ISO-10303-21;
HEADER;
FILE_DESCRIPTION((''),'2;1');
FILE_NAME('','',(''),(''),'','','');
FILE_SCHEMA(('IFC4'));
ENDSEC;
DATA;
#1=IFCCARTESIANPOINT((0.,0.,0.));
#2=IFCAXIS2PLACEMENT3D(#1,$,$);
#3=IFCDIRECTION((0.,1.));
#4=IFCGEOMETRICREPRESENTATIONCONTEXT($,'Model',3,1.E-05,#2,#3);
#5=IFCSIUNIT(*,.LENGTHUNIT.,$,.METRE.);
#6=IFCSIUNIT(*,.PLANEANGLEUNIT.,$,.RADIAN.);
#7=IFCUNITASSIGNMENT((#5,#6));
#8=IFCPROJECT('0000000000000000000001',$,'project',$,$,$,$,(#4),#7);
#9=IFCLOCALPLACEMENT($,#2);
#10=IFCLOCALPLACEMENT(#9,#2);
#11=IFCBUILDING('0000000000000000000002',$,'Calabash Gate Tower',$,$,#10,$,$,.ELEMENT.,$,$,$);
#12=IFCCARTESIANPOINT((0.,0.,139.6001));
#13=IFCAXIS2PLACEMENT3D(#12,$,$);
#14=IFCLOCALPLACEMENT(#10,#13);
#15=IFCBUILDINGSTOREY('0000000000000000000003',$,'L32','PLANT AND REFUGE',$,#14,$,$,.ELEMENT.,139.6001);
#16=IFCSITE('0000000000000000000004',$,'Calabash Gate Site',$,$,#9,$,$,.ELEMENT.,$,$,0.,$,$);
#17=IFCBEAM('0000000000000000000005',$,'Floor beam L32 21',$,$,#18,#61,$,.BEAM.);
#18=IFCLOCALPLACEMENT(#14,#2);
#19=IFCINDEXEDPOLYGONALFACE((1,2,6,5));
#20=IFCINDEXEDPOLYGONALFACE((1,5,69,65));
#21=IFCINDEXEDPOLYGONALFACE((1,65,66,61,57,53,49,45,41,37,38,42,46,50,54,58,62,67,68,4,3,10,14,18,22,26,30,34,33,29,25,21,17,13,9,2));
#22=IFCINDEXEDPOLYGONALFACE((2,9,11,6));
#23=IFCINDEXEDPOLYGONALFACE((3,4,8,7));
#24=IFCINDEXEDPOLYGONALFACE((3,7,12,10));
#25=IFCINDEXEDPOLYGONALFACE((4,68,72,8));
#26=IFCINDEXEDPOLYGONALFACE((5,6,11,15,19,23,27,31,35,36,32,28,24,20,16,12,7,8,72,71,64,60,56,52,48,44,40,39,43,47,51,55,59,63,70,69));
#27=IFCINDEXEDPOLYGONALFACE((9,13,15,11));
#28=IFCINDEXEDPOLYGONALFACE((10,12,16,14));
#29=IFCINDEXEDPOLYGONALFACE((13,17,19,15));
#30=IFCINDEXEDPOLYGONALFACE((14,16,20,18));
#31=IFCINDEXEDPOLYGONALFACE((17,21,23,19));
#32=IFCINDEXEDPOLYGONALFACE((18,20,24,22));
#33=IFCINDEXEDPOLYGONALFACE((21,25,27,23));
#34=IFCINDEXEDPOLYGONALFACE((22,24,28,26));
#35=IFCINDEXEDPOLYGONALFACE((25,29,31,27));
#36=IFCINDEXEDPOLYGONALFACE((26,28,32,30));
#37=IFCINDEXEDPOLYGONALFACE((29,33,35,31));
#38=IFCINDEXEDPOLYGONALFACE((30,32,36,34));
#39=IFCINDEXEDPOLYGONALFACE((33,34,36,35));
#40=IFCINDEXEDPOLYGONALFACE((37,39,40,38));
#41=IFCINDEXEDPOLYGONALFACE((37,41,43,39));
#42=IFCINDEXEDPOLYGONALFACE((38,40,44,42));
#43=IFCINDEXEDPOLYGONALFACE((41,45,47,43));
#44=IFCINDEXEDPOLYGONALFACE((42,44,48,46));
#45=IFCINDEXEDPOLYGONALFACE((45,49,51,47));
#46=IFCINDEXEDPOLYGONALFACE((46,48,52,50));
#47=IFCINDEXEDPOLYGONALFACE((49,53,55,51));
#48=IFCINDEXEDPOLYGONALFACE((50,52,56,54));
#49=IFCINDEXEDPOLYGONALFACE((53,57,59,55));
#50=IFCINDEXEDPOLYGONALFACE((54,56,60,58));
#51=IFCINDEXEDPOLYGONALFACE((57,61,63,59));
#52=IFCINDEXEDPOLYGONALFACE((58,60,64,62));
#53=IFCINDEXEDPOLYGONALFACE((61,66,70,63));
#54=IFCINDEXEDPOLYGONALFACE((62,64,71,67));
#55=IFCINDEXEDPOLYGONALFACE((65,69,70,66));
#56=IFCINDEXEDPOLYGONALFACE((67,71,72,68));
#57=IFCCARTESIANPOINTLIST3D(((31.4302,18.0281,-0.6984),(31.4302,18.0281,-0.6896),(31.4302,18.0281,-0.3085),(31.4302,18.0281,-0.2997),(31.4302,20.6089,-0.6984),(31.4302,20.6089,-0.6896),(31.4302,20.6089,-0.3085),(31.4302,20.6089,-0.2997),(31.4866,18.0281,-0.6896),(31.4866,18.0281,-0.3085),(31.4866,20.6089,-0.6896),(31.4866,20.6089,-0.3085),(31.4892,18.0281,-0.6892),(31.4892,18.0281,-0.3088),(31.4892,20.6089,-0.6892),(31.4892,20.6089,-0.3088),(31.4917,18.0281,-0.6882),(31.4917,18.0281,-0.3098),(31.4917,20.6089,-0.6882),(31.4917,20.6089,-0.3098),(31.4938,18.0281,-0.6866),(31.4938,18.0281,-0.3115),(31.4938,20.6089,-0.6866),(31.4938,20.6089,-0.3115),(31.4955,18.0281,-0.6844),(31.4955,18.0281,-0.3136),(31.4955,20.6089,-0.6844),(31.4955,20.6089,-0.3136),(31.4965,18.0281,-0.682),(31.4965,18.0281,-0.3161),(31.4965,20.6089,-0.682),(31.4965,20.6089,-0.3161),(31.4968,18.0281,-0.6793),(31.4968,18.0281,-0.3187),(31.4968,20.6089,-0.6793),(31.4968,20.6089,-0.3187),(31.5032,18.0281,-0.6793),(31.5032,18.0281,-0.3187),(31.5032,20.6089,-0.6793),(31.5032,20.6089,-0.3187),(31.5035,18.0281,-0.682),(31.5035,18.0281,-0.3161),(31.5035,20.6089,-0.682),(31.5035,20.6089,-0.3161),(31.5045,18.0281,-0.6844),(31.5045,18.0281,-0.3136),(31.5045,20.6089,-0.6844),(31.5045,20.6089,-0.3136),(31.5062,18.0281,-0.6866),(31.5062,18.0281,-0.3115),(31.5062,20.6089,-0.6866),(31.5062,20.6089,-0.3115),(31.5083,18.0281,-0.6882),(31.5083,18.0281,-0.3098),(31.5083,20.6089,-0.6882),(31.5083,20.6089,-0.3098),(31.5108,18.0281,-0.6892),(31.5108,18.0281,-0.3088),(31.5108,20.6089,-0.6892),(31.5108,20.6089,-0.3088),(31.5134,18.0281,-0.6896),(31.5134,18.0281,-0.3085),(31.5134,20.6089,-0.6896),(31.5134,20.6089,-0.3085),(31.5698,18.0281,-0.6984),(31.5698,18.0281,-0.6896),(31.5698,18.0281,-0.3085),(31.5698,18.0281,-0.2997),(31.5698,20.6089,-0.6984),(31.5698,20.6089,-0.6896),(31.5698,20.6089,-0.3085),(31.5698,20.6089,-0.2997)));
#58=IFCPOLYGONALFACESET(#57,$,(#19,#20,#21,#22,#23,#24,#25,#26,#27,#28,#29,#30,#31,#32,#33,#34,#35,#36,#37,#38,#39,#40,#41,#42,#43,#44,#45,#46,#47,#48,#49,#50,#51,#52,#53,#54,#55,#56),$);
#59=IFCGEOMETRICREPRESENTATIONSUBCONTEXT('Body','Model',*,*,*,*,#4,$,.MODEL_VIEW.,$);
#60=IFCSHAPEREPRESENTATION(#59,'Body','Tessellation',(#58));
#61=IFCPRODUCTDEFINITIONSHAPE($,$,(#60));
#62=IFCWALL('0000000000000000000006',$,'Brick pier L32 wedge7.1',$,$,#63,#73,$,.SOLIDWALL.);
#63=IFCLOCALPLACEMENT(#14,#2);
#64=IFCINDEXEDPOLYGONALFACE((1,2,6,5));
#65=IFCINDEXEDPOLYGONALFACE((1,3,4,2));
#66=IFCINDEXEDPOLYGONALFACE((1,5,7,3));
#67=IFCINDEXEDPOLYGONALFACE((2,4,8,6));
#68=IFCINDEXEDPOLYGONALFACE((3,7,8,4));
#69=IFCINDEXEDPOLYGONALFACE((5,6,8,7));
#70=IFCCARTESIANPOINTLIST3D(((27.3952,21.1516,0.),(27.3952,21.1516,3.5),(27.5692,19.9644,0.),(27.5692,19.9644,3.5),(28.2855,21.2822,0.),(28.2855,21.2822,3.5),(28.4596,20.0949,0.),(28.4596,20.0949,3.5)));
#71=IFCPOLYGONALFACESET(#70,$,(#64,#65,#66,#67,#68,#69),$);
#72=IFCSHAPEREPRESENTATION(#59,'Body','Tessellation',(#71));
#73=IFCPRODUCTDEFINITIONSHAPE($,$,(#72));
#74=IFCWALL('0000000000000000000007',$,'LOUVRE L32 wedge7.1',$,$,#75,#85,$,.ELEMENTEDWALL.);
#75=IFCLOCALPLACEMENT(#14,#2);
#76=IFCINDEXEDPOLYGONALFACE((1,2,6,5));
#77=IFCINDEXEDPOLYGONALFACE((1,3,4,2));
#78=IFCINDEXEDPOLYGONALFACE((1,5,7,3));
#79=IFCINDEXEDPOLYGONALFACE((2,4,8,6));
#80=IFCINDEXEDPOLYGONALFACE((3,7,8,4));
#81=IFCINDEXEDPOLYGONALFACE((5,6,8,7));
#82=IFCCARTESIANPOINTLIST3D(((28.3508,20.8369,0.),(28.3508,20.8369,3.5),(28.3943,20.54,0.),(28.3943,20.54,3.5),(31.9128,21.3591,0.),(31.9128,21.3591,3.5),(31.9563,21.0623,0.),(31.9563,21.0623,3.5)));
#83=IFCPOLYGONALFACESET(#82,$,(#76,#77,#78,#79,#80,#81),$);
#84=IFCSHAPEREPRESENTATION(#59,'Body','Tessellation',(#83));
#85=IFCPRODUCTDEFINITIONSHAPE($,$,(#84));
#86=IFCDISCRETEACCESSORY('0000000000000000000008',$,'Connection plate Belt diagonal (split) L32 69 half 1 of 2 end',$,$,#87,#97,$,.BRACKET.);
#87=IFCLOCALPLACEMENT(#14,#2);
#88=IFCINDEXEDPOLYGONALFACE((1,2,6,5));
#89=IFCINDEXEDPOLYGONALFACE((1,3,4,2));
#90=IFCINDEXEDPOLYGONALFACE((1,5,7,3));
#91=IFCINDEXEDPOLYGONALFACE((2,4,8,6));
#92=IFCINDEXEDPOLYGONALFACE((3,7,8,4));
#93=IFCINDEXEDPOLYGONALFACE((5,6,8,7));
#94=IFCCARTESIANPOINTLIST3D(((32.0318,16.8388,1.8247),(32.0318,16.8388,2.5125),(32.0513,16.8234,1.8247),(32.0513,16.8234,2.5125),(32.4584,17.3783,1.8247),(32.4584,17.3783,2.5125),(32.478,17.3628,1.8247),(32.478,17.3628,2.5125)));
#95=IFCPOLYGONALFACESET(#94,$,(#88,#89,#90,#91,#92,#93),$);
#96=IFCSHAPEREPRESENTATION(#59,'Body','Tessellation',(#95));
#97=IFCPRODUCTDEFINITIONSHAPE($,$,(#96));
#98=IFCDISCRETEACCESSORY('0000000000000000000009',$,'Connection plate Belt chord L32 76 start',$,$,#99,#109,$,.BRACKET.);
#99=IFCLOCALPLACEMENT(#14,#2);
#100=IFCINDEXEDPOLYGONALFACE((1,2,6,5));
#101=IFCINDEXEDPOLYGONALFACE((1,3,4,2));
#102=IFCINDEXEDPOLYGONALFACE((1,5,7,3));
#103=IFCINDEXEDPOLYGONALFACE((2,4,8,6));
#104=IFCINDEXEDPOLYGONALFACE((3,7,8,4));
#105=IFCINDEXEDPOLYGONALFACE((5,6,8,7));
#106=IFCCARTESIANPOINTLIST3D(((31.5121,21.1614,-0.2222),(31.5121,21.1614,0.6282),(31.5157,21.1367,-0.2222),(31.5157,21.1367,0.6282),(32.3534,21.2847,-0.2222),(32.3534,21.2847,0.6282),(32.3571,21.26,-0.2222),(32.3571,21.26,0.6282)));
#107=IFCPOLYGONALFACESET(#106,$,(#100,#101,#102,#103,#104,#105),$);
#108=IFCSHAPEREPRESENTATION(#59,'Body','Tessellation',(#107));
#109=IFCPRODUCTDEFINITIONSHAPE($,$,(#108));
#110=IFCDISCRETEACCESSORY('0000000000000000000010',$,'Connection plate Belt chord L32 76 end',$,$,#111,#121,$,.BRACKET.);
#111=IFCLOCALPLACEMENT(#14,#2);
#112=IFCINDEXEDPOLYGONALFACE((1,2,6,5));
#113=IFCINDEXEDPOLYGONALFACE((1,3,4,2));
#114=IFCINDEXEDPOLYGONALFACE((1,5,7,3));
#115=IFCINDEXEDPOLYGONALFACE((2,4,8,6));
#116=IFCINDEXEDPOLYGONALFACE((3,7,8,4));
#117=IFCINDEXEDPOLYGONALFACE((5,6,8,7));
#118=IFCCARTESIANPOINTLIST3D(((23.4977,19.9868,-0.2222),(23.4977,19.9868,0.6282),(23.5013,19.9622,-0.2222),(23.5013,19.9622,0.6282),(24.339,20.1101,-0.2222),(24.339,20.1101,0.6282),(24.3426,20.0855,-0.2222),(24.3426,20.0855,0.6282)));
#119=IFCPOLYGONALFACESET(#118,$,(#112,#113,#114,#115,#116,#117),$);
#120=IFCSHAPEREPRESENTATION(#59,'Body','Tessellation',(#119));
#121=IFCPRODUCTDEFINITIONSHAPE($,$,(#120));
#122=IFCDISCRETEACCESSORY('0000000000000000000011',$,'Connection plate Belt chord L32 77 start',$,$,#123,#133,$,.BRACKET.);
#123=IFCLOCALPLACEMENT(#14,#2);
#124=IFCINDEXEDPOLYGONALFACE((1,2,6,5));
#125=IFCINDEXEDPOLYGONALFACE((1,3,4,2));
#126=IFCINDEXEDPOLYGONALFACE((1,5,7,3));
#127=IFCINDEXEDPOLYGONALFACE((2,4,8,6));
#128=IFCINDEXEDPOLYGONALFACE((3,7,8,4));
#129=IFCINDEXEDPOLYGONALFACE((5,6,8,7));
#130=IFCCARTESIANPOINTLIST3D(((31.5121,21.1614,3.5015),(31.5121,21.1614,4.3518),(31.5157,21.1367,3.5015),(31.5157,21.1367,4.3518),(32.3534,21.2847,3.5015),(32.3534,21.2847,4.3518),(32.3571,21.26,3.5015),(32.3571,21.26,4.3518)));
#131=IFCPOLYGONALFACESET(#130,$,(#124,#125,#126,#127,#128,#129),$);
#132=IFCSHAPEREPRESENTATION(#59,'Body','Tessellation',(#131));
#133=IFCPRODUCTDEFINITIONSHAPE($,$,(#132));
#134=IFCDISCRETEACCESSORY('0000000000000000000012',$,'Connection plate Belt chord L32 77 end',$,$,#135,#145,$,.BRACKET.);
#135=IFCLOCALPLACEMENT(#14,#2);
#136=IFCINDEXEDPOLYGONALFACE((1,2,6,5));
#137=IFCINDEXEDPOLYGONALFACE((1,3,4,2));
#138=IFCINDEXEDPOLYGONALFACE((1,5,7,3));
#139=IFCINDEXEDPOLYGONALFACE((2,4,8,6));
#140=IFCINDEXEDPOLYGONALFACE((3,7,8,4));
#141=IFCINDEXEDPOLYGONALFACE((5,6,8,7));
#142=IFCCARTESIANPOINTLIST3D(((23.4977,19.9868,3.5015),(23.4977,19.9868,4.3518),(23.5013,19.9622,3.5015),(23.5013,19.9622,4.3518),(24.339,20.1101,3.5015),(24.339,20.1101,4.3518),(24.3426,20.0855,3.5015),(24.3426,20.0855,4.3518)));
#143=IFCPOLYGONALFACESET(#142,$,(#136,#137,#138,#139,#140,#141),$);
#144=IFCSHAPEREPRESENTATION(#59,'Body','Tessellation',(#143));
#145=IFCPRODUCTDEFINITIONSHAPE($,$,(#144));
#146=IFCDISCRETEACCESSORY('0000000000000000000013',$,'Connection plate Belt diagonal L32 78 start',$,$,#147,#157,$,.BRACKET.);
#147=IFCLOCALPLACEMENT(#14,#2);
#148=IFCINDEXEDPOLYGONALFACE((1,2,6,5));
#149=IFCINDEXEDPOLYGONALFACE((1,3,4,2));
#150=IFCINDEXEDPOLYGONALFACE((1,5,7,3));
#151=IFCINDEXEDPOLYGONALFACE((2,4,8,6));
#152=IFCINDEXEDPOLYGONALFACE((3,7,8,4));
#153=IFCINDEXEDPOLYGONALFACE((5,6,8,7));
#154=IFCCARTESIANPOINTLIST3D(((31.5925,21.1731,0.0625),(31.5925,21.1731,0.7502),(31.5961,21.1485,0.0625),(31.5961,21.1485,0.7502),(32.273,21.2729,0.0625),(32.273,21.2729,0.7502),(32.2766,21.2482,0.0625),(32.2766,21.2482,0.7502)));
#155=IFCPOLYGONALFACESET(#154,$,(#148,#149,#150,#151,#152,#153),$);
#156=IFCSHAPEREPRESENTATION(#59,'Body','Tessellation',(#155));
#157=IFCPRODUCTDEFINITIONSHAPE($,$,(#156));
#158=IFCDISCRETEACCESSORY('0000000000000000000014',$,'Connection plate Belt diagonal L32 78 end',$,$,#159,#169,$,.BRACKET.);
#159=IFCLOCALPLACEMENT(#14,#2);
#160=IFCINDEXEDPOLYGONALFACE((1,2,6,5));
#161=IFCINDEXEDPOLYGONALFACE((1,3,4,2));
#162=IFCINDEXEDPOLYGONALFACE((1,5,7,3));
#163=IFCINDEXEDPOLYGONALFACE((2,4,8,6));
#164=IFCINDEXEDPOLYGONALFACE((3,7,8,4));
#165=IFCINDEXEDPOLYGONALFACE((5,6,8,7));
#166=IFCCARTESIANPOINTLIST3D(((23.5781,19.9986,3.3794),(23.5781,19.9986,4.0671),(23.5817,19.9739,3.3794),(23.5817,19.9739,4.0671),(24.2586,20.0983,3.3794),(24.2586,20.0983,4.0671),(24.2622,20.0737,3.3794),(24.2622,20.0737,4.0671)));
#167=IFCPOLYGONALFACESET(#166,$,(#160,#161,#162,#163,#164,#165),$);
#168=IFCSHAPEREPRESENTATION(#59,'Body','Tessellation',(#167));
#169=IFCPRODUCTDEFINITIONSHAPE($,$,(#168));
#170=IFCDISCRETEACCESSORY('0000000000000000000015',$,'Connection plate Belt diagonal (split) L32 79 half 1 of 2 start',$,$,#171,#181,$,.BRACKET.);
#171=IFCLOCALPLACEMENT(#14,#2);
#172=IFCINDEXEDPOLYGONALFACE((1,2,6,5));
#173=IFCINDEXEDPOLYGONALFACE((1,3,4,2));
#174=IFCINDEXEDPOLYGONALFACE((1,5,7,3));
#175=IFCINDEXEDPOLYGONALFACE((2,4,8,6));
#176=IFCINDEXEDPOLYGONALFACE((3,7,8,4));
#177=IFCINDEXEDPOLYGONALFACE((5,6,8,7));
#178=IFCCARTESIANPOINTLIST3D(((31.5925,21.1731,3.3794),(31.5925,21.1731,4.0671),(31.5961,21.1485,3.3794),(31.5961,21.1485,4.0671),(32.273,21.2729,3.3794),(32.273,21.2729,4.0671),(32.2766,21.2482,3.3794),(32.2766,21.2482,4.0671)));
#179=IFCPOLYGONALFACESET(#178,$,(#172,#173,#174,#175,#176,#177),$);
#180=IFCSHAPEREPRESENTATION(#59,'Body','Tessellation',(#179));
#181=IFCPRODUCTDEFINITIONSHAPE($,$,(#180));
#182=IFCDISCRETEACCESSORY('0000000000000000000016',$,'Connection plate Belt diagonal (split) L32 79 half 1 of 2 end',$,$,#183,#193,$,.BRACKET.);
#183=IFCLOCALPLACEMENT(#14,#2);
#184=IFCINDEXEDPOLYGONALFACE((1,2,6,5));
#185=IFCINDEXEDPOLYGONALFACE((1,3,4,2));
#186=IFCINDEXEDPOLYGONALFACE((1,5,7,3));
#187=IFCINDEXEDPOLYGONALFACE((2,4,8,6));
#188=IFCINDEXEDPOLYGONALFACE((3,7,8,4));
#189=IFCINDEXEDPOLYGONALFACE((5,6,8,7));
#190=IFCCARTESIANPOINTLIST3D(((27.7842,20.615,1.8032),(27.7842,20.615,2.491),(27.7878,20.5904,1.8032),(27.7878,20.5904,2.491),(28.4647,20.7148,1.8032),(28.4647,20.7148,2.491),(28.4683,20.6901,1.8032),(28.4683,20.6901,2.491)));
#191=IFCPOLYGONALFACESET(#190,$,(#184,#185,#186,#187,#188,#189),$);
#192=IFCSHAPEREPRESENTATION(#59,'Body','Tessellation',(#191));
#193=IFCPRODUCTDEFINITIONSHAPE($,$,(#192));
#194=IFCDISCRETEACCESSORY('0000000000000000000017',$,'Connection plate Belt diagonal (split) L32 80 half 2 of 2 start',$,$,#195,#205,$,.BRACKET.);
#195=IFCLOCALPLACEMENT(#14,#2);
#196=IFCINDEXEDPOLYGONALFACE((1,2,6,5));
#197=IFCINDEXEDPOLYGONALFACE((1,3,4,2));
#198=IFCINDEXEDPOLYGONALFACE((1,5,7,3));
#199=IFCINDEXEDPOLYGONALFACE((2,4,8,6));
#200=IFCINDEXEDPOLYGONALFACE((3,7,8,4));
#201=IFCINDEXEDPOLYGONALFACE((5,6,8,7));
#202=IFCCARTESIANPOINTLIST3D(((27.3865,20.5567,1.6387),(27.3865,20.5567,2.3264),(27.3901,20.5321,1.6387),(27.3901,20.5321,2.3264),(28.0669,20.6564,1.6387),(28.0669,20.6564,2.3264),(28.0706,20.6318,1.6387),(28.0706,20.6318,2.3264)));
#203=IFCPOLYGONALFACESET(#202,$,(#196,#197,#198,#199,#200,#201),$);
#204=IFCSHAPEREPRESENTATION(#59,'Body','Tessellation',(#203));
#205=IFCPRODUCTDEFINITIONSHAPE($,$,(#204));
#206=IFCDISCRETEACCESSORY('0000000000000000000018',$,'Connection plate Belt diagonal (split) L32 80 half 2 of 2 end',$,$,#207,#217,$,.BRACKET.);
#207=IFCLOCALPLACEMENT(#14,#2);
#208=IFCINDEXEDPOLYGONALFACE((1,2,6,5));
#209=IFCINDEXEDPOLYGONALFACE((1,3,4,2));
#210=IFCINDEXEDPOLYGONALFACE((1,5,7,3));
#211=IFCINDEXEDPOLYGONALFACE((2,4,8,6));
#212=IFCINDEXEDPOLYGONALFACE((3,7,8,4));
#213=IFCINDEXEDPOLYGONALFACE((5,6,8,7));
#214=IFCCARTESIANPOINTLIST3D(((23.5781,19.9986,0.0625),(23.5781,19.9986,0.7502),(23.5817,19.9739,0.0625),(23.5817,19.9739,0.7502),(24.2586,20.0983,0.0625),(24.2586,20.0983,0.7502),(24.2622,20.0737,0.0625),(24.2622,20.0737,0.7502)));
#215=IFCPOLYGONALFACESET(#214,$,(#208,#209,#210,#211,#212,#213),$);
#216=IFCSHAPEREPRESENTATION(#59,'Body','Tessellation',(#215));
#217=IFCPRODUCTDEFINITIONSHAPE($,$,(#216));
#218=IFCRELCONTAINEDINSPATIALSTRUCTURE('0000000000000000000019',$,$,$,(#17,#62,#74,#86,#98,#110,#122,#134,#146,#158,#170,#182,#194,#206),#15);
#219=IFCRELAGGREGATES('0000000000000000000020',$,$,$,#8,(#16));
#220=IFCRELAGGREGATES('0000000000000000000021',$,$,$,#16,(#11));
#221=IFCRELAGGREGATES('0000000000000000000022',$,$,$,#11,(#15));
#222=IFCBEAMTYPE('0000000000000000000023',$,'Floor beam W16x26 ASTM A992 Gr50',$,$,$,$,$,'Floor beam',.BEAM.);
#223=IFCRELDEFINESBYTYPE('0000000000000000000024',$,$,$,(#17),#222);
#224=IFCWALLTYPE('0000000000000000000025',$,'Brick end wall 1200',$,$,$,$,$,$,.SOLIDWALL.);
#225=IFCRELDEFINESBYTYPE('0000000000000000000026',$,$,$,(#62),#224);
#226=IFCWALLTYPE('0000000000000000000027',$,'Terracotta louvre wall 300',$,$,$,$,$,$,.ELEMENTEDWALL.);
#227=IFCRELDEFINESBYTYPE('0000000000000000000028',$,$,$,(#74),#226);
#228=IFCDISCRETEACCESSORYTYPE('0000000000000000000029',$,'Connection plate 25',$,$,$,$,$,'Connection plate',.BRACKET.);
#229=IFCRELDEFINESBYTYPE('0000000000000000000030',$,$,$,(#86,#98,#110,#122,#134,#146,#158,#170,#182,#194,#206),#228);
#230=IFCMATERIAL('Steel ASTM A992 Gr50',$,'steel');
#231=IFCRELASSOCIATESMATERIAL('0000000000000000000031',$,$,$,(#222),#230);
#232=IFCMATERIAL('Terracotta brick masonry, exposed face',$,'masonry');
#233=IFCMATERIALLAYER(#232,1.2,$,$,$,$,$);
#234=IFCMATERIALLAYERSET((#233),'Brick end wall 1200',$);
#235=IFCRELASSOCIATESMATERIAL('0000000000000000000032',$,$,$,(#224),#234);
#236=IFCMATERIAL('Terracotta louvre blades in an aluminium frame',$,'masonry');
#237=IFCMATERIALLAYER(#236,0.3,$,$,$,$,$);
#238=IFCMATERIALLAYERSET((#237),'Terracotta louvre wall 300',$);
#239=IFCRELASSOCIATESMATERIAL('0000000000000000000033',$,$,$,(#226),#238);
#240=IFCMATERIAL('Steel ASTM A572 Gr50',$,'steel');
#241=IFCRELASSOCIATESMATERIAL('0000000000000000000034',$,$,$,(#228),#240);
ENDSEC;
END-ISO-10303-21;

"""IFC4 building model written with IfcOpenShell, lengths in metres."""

from ifc_helpers import new_model, si_unit, direction, frame, frame_2d, origin, origin_2d, place, context, subcontext, project, spatial, rectangle, i_section, extrude, material, layer, layer_set, material_profile, profile_set, type_object, element, save


model = new_model("IFC4")

# Units and contexts
model_context = context("Model", 3, precision=1e-05, world=origin(), true_north=direction((0.0, 1.0)))
body_context = subcontext(model_context, "Body", "Model", "MODEL_VIEW")
ifc_project = project(units=[si_unit("LENGTHUNIT", "METRE"), si_unit("PLANEANGLEUNIT", "RADIAN")], contexts=[model_context])

# Site, building, storey
site_placement = place(None, origin())
site = spatial("IfcSite", under=ifc_project, at=site_placement, Name="Calabash Gate Site", CompositionType="ELEMENT", RefElevation=0.0)
building_placement = place(site_placement, origin())
building = spatial("IfcBuilding", under=site, at=building_placement, Name="Calabash Gate Tower", CompositionType="ELEMENT")
storey_placement = place(building_placement, frame((0.0, 0.0, 139.6001)))
storey = spatial("IfcBuildingStorey", under=building, at=storey_placement, Name="L32", Description="PLANT AND REFUGE", CompositionType="ELEMENT", Elevation=139.6001)

# Beam
ifc_material_1 = material(Name="Steel ASTM A992 Gr50", Category="steel")
ifc_material_profile_1 = material_profile(ifc_material_1, i_section(OverallWidth=0.1396, OverallDepth=0.3987, WebThickness=0.0063, FlangeThickness=0.0088, FilletRadius=0.0103, at=origin_2d()))
ifc_profile_set_1 = profile_set([ifc_material_profile_1], Name="Steel ASTM A992 Gr50")
beam_type_1 = type_object("IfcBeamType", Name="Floor beam W16x26 ASTM A992 Gr50", ElementType="Floor beam", PredefinedType="BEAM", material=ifc_profile_set_1)
beam_1_placement = place(storey_placement, frame((31.5, 18.0281, -0.499), z_axis=(0.0, 1.0, 0.0), x_axis=(-1.0, 0.0, 0.0)))
element("IfcBeam", 1, at=beam_1_placement, inside=storey, type_object=beam_type_1, Name="Floor beam L32 21", PredefinedType="BEAM", context=body_context, shape_type="SweptSolid", body=[
    extrude(i_section(OverallWidth=0.1396, OverallDepth=0.3987, WebThickness=0.0063, FlangeThickness=0.0088, FilletRadius=0.0103, at=origin_2d()), origin(), (0.0, 0.0, 1.0), 2.5808),
])

# Walls
ifc_material_2 = material(Name="Terracotta brick masonry, exposed face", Category="masonry")
ifc_layer_1 = layer(ifc_material_2, 1.2)
ifc_layer_set_1 = layer_set([ifc_layer_1], Name="Brick end wall 1200")
wall_type_1 = type_object("IfcWallType", Name="Brick end wall 1200", PredefinedType="SOLIDWALL", material=ifc_layer_set_1)
wall_1_placement = place(storey_placement, frame((27.8403, 21.217, 0.0), z_axis=(0.0, 0.0, 1.0), x_axis=(0.145066, -0.989422, 0.0)))
element("IfcWall", 2, at=wall_1_placement, inside=storey, type_object=wall_type_1, Name="Brick pier L32 wedge7.1", PredefinedType="SOLIDWALL", context=body_context, shape_type="SweptSolid", body=[
    extrude(rectangle(XDim=1.2, YDim=0.8999, at=frame_2d((0.6001, 0.0))), origin(), (0.0, 0.0, 1.0), 3.5),
])
ifc_material_3 = material(Name="Terracotta louvre blades in an aluminium frame", Category="masonry")
ifc_layer_2 = layer(ifc_material_3, 0.3)
ifc_layer_set_2 = layer_set([ifc_layer_2], Name="Terracotta louvre wall 300")
wall_type_2 = type_object("IfcWallType", Name="Terracotta louvre wall 300", PredefinedType="ELEMENTEDWALL", material=ifc_layer_set_2)
wall_2_placement = place(storey_placement, frame((31.9346, 21.2107, 0.0), z_axis=(0.0, 0.0, 1.0), x_axis=(-0.989423, -0.145057, 0.0)))
element("IfcWall", 3, at=wall_2_placement, inside=storey, type_object=wall_type_2, Name="LOUVRE L32 wedge7.1", PredefinedType="ELEMENTEDWALL", context=body_context, shape_type="SweptSolid", body=[
    extrude(rectangle(XDim=3.6001, YDim=0.3, at=frame_2d((1.8, 0.0))), origin(), (0.0, 0.0, 1.0), 3.5),
])

# Discrete accessories
ifc_material_4 = material(Name="Steel ASTM A572 Gr50", Category="steel")
discrete_accessory_type = type_object("IfcDiscreteAccessoryType", Name="Connection plate 25", ElementType="Connection plate", PredefinedType="BRACKET", material=ifc_material_4)
discrete_accessory_placement = place(storey_placement, frame((32.2549, 17.1008, 1.8247), z_axis=(0.0, 0.0, 1.0), x_axis=(0.620301, 0.784364, 0.0)))
element("IfcDiscreteAccessory", 4, at=discrete_accessory_placement, inside=storey, type_object=discrete_accessory_type, Name="Connection plate Belt diagonal (split) L32 69 half 1 of 2 end", PredefinedType="BRACKET", context=body_context, shape_type="SweptSolid", body=[
    extrude(rectangle(XDim=0.6877, YDim=0.0249, at=origin_2d()), origin(), (0.0, 0.0, 1.0), 0.6877),
])
for number, where, z_axis, x_axis, name in (
    (5, (31.9346, 21.2107, -0.2222), (0.0, 0.0, 1.0), (-0.98943, -0.145015, 0.0), "Connection plate Belt chord L32 76 start"),
    (6, (23.9202, 20.0361, -0.2222), (0.0, 0.0, 1.0), (-0.98943, -0.145015, 0.0), "Connection plate Belt chord L32 76 end"),
    (7, (31.9346, 21.2107, 3.5015), (0.0, 0.0, 1.0), (-0.98943, -0.145015, 0.0), "Connection plate Belt chord L32 77 start"),
    (8, (23.9202, 20.0361, 3.5015), (0.0, 0.0, 1.0), (-0.98943, -0.145015, 0.0), "Connection plate Belt chord L32 77 end"),
):
    element("IfcDiscreteAccessory", number, at=place(storey_placement, frame(where, z_axis=z_axis, x_axis=x_axis)), inside=storey, type_object=discrete_accessory_type, Name=name, PredefinedType="BRACKET", context=body_context, shape_type="SweptSolid", body=[
        extrude(rectangle(XDim=0.8503, YDim=0.0249, at=origin_2d()), origin(), (0.0, 0.0, 1.0), 0.8503),
    ])
for number, where, z_axis, x_axis, name in (
    (9, (31.9346, 21.2107, 0.0625), (0.0, 0.0, 1.0), (-0.98943, -0.145015, 0.0), "Connection plate Belt diagonal L32 78 start"),
    (10, (23.9202, 20.0361, 3.3794), (0.0, 0.0, 1.0), (-0.98943, -0.145015, 0.0), "Connection plate Belt diagonal L32 78 end"),
    (11, (31.9346, 21.2107, 3.3794), (0.0, 0.0, 1.0), (-0.98943, -0.145015, 0.0), "Connection plate Belt diagonal (split) L32 79 half 1 of 2 start"),
    (12, (28.1262, 20.6526, 1.8032), (0.0, 0.0, 1.0), (-0.98943, -0.145015, 0.0), "Connection plate Belt diagonal (split) L32 79 half 1 of 2 end"),
    (13, (27.7285, 20.5942, 1.6387), (0.0, 0.0, 1.0), (-0.98943, -0.145015, 0.0), "Connection plate Belt diagonal (split) L32 80 half 2 of 2 start"),
    (14, (23.9202, 20.0361, 0.0625), (0.0, 0.0, 1.0), (-0.98943, -0.145015, 0.0), "Connection plate Belt diagonal (split) L32 80 half 2 of 2 end"),
):
    element("IfcDiscreteAccessory", number, at=place(storey_placement, frame(where, z_axis=z_axis, x_axis=x_axis)), inside=storey, type_object=discrete_accessory_type, Name=name, PredefinedType="BRACKET", context=body_context, shape_type="SweptSolid", body=[
        extrude(rectangle(XDim=0.6877, YDim=0.0249, at=origin_2d()), origin(), (0.0, 0.0, 1.0), 0.6877),
    ])

save(model, "model.ifc")
